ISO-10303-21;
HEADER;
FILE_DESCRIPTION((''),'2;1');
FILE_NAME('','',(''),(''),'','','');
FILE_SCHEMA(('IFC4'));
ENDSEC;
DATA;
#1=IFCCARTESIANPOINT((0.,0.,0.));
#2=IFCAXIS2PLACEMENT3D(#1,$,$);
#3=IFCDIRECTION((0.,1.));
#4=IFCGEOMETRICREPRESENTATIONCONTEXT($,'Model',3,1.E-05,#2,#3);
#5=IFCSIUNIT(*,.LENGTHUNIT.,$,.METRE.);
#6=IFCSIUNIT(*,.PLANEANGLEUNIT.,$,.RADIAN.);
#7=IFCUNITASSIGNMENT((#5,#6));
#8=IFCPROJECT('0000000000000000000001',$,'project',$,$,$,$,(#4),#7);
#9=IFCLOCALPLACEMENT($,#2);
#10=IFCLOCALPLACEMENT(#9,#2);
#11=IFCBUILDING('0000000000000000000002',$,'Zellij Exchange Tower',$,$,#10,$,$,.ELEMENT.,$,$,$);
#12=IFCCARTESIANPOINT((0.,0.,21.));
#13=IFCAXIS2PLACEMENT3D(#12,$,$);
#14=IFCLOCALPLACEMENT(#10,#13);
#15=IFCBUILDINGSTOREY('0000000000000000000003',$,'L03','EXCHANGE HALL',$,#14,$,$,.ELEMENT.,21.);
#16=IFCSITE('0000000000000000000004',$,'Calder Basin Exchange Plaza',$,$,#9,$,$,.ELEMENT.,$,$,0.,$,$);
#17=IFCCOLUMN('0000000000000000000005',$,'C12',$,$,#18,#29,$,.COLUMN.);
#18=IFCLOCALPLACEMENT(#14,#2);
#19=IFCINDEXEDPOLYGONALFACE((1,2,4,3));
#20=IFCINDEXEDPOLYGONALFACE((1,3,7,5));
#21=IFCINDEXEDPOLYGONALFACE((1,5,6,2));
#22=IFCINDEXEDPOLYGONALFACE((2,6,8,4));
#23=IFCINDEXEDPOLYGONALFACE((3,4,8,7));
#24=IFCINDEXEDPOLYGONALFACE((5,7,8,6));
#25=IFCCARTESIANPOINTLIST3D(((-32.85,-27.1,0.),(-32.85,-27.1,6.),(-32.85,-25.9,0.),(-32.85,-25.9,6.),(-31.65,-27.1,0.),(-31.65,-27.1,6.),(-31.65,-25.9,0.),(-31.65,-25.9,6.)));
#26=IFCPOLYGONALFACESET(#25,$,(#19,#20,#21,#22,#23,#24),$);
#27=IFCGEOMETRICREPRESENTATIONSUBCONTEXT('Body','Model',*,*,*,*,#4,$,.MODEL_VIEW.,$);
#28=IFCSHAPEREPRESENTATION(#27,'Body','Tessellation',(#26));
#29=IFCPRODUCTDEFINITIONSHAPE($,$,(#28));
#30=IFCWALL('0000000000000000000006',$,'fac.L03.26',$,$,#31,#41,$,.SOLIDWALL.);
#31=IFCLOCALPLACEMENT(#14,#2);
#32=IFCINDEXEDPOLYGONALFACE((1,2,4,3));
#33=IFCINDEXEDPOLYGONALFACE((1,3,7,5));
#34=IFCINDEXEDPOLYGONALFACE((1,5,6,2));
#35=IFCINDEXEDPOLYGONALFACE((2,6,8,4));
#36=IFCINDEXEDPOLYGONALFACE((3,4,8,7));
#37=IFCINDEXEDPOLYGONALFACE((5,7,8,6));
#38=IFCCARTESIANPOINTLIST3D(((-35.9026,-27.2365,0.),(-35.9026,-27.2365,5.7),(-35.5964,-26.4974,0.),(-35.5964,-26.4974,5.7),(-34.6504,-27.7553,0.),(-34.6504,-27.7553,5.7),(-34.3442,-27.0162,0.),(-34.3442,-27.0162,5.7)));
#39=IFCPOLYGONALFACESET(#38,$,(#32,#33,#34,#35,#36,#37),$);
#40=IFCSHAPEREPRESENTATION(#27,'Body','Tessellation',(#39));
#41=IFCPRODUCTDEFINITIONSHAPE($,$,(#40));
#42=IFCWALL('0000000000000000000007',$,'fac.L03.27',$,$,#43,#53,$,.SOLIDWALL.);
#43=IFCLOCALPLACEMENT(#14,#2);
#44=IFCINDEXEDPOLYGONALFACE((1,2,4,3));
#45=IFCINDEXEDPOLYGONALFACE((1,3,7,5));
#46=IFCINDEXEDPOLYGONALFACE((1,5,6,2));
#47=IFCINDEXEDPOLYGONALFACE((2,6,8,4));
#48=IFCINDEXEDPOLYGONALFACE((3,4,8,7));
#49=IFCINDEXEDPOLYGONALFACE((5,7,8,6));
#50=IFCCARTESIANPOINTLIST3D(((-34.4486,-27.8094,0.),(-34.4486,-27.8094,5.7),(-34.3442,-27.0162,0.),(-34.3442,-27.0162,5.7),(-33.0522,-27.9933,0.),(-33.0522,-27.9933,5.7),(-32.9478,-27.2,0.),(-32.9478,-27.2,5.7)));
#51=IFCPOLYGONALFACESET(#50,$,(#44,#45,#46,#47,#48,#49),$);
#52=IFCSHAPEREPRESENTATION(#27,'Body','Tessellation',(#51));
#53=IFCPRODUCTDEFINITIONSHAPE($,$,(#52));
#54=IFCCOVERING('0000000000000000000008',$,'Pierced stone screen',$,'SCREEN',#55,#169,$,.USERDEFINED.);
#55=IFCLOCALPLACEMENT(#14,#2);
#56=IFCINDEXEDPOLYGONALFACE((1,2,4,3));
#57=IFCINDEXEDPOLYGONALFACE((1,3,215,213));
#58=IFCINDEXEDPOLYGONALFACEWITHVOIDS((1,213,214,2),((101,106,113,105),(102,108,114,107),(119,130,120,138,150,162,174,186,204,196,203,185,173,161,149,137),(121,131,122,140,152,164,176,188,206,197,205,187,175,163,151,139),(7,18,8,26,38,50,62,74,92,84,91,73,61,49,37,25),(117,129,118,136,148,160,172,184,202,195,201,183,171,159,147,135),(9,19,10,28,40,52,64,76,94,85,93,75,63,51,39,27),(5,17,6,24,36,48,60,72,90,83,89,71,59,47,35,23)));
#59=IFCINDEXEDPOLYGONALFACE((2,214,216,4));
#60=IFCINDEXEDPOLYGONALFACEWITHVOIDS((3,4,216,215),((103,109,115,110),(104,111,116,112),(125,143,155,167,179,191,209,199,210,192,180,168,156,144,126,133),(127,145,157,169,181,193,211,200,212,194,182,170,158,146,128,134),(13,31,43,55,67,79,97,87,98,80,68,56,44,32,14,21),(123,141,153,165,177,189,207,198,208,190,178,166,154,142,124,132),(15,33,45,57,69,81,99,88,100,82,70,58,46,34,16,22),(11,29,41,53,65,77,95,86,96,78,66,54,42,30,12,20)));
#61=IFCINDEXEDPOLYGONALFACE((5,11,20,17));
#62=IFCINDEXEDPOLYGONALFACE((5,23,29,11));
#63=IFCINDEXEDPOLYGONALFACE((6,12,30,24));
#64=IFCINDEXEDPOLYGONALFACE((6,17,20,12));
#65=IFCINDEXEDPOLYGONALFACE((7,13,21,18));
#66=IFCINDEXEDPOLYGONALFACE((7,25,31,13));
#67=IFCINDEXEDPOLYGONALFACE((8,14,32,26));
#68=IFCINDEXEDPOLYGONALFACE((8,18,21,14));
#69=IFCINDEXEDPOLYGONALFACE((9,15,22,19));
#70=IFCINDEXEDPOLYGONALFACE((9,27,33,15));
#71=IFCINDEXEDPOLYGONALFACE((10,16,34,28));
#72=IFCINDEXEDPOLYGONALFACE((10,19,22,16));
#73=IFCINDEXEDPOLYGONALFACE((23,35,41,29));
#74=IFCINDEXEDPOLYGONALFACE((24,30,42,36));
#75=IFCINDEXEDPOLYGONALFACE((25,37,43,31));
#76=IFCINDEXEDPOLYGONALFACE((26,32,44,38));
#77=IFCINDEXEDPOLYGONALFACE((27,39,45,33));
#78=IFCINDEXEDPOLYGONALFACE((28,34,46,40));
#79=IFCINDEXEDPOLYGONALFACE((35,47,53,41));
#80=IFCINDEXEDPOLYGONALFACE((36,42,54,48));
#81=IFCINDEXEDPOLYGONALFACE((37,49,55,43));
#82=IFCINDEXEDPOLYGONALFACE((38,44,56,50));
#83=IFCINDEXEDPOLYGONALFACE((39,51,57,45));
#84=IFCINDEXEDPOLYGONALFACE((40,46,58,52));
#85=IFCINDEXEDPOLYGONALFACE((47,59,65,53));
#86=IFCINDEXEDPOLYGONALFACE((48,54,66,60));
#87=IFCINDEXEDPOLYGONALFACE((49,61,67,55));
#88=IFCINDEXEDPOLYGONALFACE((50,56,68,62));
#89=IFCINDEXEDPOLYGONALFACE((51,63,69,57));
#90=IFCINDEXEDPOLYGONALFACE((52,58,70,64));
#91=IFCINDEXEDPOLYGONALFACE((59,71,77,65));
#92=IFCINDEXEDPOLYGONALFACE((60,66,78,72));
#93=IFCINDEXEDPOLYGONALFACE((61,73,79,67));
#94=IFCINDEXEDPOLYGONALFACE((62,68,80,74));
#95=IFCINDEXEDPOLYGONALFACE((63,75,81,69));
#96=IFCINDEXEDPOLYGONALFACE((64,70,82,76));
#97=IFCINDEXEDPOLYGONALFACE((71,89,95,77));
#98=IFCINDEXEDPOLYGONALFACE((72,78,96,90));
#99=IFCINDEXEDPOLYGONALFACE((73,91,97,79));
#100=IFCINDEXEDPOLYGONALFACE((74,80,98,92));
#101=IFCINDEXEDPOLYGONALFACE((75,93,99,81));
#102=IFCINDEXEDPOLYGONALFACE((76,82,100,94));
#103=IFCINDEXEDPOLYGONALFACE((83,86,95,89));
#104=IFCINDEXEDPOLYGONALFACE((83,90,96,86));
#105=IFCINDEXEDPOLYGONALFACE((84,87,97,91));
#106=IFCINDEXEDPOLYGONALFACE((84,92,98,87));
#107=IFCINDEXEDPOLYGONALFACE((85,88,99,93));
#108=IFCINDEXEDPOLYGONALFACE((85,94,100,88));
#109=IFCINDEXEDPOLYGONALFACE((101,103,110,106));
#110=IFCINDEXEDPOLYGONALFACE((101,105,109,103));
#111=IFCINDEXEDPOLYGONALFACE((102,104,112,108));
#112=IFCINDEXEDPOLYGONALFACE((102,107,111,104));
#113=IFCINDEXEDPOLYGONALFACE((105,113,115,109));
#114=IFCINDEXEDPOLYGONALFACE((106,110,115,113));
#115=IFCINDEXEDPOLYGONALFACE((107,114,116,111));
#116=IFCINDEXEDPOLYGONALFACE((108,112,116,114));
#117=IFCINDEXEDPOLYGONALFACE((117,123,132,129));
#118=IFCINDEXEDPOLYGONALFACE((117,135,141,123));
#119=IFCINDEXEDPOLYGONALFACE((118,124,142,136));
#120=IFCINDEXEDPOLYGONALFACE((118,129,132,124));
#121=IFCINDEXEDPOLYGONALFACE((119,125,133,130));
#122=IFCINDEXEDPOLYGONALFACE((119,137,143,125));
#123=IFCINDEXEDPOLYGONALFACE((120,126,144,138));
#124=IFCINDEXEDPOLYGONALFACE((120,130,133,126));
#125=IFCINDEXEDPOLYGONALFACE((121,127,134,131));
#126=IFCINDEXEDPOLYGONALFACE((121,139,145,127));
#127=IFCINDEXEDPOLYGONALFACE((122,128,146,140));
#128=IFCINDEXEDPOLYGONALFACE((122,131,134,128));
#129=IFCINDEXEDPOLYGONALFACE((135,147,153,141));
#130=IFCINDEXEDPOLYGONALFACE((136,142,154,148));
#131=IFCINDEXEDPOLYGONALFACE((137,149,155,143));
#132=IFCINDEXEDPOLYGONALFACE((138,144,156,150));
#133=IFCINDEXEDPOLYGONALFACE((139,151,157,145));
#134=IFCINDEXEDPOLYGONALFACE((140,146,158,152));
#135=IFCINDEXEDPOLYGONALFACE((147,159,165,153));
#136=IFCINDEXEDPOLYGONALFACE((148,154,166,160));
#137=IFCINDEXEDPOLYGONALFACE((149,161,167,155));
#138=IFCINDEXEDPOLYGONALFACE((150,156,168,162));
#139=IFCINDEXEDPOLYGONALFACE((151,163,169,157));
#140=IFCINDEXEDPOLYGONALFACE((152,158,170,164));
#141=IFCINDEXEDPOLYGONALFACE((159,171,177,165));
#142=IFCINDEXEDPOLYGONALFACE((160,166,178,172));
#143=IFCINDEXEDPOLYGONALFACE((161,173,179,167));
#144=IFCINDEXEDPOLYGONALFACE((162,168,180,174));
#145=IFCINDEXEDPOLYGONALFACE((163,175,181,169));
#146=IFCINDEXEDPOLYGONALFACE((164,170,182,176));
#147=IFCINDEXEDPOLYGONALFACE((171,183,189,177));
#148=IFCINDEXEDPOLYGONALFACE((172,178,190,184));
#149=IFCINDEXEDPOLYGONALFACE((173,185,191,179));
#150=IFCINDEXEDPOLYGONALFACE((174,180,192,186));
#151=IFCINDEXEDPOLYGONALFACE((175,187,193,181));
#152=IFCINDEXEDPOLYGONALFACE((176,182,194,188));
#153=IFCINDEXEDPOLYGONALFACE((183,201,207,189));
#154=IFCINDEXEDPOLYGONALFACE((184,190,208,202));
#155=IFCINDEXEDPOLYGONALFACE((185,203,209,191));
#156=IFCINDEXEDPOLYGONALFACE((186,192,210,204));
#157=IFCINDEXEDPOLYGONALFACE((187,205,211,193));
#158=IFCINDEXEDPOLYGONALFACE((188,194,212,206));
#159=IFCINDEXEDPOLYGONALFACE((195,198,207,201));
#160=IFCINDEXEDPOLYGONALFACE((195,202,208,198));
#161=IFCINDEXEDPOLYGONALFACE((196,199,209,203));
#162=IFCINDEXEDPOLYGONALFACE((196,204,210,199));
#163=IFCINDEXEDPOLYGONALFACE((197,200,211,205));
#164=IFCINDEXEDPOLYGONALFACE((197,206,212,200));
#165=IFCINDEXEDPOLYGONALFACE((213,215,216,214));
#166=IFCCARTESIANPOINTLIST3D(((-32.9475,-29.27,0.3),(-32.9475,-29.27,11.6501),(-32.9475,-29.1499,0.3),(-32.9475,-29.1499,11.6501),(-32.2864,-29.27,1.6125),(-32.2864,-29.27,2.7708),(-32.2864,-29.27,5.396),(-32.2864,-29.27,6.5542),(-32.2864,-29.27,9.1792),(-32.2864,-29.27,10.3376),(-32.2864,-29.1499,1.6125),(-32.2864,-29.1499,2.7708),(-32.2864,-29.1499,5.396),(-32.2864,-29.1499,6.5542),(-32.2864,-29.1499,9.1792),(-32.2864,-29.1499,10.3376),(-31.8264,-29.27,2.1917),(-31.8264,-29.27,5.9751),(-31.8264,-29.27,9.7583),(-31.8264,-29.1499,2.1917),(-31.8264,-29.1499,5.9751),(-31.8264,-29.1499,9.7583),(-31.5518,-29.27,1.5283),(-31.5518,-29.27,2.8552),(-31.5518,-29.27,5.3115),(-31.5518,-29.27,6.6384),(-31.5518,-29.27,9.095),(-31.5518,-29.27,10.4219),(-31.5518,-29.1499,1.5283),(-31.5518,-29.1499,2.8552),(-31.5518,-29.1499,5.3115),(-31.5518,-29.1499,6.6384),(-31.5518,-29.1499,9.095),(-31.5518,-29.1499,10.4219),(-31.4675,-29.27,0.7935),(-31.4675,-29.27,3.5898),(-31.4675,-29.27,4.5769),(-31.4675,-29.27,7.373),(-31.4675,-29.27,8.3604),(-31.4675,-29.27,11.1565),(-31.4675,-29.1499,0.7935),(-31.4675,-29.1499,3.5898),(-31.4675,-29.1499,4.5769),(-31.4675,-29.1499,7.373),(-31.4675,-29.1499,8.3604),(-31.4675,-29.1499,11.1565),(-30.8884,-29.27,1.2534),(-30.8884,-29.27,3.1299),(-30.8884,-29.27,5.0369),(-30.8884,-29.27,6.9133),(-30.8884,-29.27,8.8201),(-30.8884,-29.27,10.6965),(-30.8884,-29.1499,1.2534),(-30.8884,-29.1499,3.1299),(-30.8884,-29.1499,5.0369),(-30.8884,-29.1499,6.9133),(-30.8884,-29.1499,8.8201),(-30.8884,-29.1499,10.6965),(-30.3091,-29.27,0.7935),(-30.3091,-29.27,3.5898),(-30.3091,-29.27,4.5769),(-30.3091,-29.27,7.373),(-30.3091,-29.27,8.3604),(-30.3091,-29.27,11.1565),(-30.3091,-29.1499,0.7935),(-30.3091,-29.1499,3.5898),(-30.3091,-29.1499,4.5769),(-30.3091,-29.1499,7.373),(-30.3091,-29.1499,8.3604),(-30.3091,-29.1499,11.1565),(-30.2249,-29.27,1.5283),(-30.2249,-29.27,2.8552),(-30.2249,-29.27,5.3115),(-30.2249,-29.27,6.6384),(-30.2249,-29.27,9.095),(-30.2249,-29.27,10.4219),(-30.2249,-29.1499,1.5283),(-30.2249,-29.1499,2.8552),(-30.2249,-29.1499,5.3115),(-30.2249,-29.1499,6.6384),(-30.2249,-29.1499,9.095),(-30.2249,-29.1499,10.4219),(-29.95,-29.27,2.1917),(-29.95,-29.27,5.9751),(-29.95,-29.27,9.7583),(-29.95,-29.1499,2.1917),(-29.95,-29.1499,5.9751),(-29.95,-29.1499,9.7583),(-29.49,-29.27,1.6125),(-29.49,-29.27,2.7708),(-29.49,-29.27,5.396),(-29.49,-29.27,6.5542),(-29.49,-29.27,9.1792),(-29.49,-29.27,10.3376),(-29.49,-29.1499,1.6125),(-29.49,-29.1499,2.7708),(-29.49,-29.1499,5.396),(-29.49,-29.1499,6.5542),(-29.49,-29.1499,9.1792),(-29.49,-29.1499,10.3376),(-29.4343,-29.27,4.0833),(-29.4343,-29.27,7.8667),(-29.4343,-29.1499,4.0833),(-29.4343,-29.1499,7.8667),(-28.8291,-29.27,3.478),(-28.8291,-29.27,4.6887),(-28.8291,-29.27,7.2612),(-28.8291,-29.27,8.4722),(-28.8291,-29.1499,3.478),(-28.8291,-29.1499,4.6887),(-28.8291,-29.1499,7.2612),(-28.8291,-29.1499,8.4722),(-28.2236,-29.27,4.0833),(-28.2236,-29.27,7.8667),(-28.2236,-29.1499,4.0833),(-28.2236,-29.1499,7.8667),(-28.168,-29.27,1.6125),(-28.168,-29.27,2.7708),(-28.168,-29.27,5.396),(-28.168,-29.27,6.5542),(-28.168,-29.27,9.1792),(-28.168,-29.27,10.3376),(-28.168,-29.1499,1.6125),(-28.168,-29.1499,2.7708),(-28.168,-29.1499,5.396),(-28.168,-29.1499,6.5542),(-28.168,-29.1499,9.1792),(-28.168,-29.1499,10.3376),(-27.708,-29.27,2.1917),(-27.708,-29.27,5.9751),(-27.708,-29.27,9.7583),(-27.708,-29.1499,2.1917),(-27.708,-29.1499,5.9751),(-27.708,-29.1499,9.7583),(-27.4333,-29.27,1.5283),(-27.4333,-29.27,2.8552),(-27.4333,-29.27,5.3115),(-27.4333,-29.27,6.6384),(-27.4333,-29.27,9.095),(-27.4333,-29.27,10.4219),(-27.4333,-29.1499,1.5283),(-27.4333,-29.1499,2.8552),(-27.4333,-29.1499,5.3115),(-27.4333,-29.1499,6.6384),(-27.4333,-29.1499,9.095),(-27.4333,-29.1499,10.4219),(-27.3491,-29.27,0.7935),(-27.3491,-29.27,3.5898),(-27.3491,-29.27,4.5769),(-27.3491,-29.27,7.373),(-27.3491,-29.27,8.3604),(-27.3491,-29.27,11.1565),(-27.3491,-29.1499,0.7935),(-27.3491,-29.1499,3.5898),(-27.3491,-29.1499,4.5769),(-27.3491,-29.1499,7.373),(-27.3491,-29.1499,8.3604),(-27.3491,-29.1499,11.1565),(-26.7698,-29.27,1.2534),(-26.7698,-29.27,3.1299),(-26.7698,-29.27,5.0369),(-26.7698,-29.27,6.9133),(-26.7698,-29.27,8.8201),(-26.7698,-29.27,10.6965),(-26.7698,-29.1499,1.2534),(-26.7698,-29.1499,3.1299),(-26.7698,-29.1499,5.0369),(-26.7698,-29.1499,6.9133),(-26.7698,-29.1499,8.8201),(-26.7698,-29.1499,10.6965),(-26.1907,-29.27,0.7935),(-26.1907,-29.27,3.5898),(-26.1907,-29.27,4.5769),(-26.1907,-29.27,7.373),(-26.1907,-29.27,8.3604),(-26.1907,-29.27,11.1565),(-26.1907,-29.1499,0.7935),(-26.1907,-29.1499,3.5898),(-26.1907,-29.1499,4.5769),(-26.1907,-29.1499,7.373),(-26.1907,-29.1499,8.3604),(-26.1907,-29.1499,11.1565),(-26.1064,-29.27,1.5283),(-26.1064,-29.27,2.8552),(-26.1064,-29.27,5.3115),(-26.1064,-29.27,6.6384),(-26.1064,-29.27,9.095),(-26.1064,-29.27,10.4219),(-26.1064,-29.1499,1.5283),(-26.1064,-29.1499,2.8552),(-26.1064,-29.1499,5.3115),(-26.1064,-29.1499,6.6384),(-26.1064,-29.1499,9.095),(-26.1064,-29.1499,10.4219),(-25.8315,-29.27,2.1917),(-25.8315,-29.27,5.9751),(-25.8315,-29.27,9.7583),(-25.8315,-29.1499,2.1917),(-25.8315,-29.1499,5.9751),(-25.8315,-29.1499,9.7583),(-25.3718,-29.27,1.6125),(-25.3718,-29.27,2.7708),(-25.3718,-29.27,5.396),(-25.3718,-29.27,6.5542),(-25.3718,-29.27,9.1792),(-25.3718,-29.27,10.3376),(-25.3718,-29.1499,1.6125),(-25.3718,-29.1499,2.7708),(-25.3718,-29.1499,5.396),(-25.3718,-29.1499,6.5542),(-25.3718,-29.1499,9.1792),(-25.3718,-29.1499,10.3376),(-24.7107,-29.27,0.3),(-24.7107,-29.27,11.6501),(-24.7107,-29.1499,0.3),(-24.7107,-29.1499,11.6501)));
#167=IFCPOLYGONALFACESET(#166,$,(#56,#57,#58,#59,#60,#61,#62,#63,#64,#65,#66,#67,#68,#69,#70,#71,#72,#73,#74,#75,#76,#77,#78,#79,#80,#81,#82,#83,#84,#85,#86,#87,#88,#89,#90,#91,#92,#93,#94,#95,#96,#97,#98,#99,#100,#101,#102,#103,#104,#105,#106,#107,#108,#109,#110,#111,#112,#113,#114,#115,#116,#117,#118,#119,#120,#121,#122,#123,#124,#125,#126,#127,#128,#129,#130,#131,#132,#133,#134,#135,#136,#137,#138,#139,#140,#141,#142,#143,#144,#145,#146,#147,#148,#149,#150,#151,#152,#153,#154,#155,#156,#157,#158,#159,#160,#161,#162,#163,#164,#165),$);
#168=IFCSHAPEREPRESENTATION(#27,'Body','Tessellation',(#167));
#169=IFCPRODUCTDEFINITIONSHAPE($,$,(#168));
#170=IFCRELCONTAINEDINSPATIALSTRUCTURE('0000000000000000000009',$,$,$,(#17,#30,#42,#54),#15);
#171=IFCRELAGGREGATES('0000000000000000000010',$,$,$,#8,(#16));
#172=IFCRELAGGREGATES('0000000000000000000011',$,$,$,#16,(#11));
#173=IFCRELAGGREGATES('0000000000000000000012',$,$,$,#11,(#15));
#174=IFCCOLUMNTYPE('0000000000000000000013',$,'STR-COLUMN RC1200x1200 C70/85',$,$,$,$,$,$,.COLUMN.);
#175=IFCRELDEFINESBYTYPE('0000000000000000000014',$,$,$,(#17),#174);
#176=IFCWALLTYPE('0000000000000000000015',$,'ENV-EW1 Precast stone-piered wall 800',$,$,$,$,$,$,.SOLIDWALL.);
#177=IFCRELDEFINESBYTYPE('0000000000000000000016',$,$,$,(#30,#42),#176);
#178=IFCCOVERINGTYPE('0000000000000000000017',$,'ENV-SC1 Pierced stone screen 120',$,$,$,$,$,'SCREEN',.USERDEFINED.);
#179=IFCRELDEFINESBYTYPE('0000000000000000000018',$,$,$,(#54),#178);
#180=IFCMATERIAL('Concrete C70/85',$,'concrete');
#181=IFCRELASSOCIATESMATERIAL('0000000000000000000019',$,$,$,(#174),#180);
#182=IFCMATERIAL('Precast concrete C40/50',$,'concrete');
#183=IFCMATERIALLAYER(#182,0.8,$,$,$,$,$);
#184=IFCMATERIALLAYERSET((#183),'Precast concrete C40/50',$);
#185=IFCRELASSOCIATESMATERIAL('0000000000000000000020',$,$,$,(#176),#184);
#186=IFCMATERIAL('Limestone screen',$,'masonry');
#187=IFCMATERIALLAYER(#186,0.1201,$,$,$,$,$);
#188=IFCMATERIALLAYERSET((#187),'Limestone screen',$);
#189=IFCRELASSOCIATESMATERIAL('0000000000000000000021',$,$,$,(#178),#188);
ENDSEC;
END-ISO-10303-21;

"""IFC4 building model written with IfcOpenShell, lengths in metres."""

from ifc_helpers import new_model, si_unit, direction, frame, frame_2d, origin, origin_2d, place, context, subcontext, project, spatial, polyline, rectangle, outline, extrude, material, layer, layer_set, material_profile, profile_set, type_object, element, save


model = new_model("IFC4")

# Units and contexts
model_context = context("Model", 3, precision=1e-05, world=origin(), true_north=direction((0.0, 1.0)))
body_context = subcontext(model_context, "Body", "Model", "MODEL_VIEW")
ifc_project = project(units=[si_unit("LENGTHUNIT", "METRE"), si_unit("PLANEANGLEUNIT", "RADIAN")], contexts=[model_context])

# Site, building, storey
site_placement = place(None, origin())
site = spatial("IfcSite", under=ifc_project, at=site_placement, Name="Calder Basin Exchange Plaza", CompositionType="ELEMENT", RefElevation=0.0)
building_placement = place(site_placement, origin())
building = spatial("IfcBuilding", under=site, at=building_placement, Name="Zellij Exchange Tower", CompositionType="ELEMENT")
storey_placement = place(building_placement, frame((0.0, 0.0, 21.0)))
storey = spatial("IfcBuildingStorey", under=building, at=storey_placement, Name="L03", Description="EXCHANGE HALL", CompositionType="ELEMENT", Elevation=21.0)

# Column
ifc_material_1 = material(Name="Concrete C70/85", Category="concrete")
ifc_material_profile = material_profile(ifc_material_1, rectangle(XDim=1.2, YDim=1.2, at=origin_2d()), Name="STR-COLUMN RC1200x1200 C70/85")
ifc_profile_set = profile_set([ifc_material_profile], Name="Concrete C70/85")
column_type = type_object("IfcColumnType", Name="STR-COLUMN RC1200x1200 C70/85", PredefinedType="COLUMN", material=ifc_profile_set)
column_placement = place(storey_placement, frame((-32.25, -26.5, 0.0), z_axis=(0.0, 0.0, 1.0), x_axis=(1.0, 0.0, 0.0)))
element("IfcColumn", 1, at=column_placement, inside=storey, type_object=column_type, Name="C12", PredefinedType="COLUMN", context=body_context, shape_type="SweptSolid", body=[
    extrude(rectangle(XDim=1.2, YDim=1.2, at=origin_2d()), origin(), (0.0, 0.0, 1.0), 6.0),
])

# Shared definitions
ifc_material_2 = material(Name="Precast concrete C40/50", Category="concrete")
ifc_layer_1 = layer(ifc_material_2, 0.8)
ifc_layer_set_1 = layer_set([ifc_layer_1], Name="Precast concrete C40/50")
wall_type = type_object("IfcWallType", Name="ENV-EW1 Precast stone-piered wall 800", PredefinedType="SOLIDWALL", material=ifc_layer_set_1)

# Walls
wall_1_placement = place(storey_placement, frame((-35.7495, -26.8669, 0.0), z_axis=(0.0, 0.0, 1.0), x_axis=(0.923848, -0.38276, 0.0)))
element("IfcWall", 2, at=wall_1_placement, inside=storey, type_object=wall_type, Name="fac.L03.26", PredefinedType="SOLIDWALL", context=body_context, shape_type="SweptSolid", body=[
    extrude(rectangle(XDim=1.3555, YDim=0.8, at=frame_2d((0.6777, 0.0))), origin(), (0.0, 0.0, 1.0), 5.7),
])
wall_2_placement = place(storey_placement, frame((-34.3962, -27.4128, 0.0), z_axis=(0.0, 0.0, 1.0), x_axis=(0.991446, -0.130517, 0.0)))
element("IfcWall", 3, at=wall_2_placement, inside=storey, type_object=wall_type, Name="fac.L03.27", PredefinedType="SOLIDWALL", context=body_context, shape_type="SweptSolid", body=[
    extrude(rectangle(XDim=1.4084, YDim=0.8, at=frame_2d((0.7041, 0.0))), origin(), (0.0, 0.0, 1.0), 5.7),
])

# Covering
ifc_material_3 = material(Name="Limestone screen", Category="masonry")
ifc_layer_2 = layer(ifc_material_3, 0.1201)
ifc_layer_set_2 = layer_set([ifc_layer_2], Name="Limestone screen")
covering_type = type_object("IfcCoveringType", Name="ENV-SC1 Pierced stone screen 120", ElementType="SCREEN", PredefinedType="USERDEFINED", material=ifc_layer_set_2)
covering_placement = place(storey_placement, frame((-32.9475, -29.21, 0.3), z_axis=(0.0, 0.0, 1.0), x_axis=(1.0, 0.0, 0.0)))
element("IfcCovering", 4, at=covering_placement, inside=storey, type_object=covering_type, Name="Pierced stone screen", ObjectType="SCREEN", PredefinedType="USERDEFINED", context=body_context, shape_type="SweptSolid", body=[
    extrude(outline(polyline([(0.0, 0.0), (8.2368, 0.0), (8.2368, 11.3501), (0.0, 11.3501), (0.0, 0.0)]), holes=[polyline([(3.4575, 2.4707), (2.7227, 2.5552), (2.6384, 3.2898), (2.0591, 2.8298), (1.48, 3.2898), (1.3958, 2.5552), (0.6611, 2.4707), (1.1211, 1.8916), (0.6611, 1.3125), (1.3958, 1.2283), (1.48, 0.4934), (2.0591, 0.9534), (2.6384, 0.4934), (2.7227, 1.2283), (3.4575, 1.3125), (2.9976, 1.8916), (3.4575, 2.4707)]), polyline([(3.4575, 6.2542), (2.7227, 6.3384), (2.6384, 7.073), (2.0591, 6.6133), (1.48, 7.073), (1.3958, 6.3384), (0.6611, 6.2542), (1.1211, 5.675), (0.6611, 5.0959), (1.3958, 5.0115), (1.48, 4.2769), (2.0591, 4.7368), (2.6384, 4.2769), (2.7227, 5.0115), (3.4575, 5.0959), (2.9976, 5.675), (3.4575, 6.2542)]), polyline([(3.4575, 10.0376), (2.7227, 10.1218), (2.6384, 10.8564), (2.0591, 10.3965), (1.48, 10.8564), (1.3958, 10.1218), (0.6611, 10.0376), (1.1211, 9.4583), (0.6611, 8.8792), (1.3958, 8.7949), (1.48, 8.0603), (2.0591, 8.52), (2.6384, 8.0603), (2.7227, 8.7949), (3.4575, 8.8792), (2.9976, 9.4583), (3.4575, 10.0376)]), polyline([(7.5757, 2.4707), (6.8411, 2.5552), (6.7568, 3.2898), (6.1777, 2.8298), (5.5984, 3.2898), (5.5142, 2.5552), (4.7795, 2.4707), (5.2395, 1.8916), (4.7795, 1.3125), (5.5142, 1.2283), (5.5984, 0.4934), (6.1777, 0.9534), (6.7568, 0.4934), (6.8411, 1.2283), (7.5757, 1.3125), (7.116, 1.8916), (7.5757, 2.4707)]), polyline([(7.5757, 6.2542), (6.8411, 6.3384), (6.7568, 7.073), (6.1777, 6.6133), (5.5984, 7.073), (5.5142, 6.3384), (4.7795, 6.2542), (5.2395, 5.675), (4.7795, 5.0959), (5.5142, 5.0115), (5.5984, 4.2769), (6.1777, 4.7368), (6.7568, 4.2769), (6.8411, 5.0115), (7.5757, 5.0959), (7.116, 5.675), (7.5757, 6.2542)]), polyline([(7.5757, 10.0376), (6.8411, 10.1218), (6.7568, 10.8564), (6.1777, 10.3965), (5.5984, 10.8564), (5.5142, 10.1218), (4.7795, 10.0376), (5.2395, 9.4583), (4.7795, 8.8792), (5.5142, 8.7949), (5.5984, 8.0603), (6.1777, 8.52), (6.7568, 8.0603), (6.8411, 8.7949), (7.5757, 8.8792), (7.116, 9.4583), (7.5757, 10.0376)]), polyline([(4.7239, 3.7832), (4.1184, 4.3887), (3.5132, 3.7832), (4.1184, 3.178), (4.7239, 3.7832)]), polyline([(4.7239, 7.5667), (4.1184, 8.1721), (3.5132, 7.5667), (4.1184, 6.9612), (4.7239, 7.5667)])]), frame((0.0, 0.0601, 0.0), z_axis=(0.0, -1.0, 0.0), x_axis=(1.0, 0.0, 0.0)), (0.0, 0.0, 1.0), 0.1201),
])

save(model, "model.ifc")
